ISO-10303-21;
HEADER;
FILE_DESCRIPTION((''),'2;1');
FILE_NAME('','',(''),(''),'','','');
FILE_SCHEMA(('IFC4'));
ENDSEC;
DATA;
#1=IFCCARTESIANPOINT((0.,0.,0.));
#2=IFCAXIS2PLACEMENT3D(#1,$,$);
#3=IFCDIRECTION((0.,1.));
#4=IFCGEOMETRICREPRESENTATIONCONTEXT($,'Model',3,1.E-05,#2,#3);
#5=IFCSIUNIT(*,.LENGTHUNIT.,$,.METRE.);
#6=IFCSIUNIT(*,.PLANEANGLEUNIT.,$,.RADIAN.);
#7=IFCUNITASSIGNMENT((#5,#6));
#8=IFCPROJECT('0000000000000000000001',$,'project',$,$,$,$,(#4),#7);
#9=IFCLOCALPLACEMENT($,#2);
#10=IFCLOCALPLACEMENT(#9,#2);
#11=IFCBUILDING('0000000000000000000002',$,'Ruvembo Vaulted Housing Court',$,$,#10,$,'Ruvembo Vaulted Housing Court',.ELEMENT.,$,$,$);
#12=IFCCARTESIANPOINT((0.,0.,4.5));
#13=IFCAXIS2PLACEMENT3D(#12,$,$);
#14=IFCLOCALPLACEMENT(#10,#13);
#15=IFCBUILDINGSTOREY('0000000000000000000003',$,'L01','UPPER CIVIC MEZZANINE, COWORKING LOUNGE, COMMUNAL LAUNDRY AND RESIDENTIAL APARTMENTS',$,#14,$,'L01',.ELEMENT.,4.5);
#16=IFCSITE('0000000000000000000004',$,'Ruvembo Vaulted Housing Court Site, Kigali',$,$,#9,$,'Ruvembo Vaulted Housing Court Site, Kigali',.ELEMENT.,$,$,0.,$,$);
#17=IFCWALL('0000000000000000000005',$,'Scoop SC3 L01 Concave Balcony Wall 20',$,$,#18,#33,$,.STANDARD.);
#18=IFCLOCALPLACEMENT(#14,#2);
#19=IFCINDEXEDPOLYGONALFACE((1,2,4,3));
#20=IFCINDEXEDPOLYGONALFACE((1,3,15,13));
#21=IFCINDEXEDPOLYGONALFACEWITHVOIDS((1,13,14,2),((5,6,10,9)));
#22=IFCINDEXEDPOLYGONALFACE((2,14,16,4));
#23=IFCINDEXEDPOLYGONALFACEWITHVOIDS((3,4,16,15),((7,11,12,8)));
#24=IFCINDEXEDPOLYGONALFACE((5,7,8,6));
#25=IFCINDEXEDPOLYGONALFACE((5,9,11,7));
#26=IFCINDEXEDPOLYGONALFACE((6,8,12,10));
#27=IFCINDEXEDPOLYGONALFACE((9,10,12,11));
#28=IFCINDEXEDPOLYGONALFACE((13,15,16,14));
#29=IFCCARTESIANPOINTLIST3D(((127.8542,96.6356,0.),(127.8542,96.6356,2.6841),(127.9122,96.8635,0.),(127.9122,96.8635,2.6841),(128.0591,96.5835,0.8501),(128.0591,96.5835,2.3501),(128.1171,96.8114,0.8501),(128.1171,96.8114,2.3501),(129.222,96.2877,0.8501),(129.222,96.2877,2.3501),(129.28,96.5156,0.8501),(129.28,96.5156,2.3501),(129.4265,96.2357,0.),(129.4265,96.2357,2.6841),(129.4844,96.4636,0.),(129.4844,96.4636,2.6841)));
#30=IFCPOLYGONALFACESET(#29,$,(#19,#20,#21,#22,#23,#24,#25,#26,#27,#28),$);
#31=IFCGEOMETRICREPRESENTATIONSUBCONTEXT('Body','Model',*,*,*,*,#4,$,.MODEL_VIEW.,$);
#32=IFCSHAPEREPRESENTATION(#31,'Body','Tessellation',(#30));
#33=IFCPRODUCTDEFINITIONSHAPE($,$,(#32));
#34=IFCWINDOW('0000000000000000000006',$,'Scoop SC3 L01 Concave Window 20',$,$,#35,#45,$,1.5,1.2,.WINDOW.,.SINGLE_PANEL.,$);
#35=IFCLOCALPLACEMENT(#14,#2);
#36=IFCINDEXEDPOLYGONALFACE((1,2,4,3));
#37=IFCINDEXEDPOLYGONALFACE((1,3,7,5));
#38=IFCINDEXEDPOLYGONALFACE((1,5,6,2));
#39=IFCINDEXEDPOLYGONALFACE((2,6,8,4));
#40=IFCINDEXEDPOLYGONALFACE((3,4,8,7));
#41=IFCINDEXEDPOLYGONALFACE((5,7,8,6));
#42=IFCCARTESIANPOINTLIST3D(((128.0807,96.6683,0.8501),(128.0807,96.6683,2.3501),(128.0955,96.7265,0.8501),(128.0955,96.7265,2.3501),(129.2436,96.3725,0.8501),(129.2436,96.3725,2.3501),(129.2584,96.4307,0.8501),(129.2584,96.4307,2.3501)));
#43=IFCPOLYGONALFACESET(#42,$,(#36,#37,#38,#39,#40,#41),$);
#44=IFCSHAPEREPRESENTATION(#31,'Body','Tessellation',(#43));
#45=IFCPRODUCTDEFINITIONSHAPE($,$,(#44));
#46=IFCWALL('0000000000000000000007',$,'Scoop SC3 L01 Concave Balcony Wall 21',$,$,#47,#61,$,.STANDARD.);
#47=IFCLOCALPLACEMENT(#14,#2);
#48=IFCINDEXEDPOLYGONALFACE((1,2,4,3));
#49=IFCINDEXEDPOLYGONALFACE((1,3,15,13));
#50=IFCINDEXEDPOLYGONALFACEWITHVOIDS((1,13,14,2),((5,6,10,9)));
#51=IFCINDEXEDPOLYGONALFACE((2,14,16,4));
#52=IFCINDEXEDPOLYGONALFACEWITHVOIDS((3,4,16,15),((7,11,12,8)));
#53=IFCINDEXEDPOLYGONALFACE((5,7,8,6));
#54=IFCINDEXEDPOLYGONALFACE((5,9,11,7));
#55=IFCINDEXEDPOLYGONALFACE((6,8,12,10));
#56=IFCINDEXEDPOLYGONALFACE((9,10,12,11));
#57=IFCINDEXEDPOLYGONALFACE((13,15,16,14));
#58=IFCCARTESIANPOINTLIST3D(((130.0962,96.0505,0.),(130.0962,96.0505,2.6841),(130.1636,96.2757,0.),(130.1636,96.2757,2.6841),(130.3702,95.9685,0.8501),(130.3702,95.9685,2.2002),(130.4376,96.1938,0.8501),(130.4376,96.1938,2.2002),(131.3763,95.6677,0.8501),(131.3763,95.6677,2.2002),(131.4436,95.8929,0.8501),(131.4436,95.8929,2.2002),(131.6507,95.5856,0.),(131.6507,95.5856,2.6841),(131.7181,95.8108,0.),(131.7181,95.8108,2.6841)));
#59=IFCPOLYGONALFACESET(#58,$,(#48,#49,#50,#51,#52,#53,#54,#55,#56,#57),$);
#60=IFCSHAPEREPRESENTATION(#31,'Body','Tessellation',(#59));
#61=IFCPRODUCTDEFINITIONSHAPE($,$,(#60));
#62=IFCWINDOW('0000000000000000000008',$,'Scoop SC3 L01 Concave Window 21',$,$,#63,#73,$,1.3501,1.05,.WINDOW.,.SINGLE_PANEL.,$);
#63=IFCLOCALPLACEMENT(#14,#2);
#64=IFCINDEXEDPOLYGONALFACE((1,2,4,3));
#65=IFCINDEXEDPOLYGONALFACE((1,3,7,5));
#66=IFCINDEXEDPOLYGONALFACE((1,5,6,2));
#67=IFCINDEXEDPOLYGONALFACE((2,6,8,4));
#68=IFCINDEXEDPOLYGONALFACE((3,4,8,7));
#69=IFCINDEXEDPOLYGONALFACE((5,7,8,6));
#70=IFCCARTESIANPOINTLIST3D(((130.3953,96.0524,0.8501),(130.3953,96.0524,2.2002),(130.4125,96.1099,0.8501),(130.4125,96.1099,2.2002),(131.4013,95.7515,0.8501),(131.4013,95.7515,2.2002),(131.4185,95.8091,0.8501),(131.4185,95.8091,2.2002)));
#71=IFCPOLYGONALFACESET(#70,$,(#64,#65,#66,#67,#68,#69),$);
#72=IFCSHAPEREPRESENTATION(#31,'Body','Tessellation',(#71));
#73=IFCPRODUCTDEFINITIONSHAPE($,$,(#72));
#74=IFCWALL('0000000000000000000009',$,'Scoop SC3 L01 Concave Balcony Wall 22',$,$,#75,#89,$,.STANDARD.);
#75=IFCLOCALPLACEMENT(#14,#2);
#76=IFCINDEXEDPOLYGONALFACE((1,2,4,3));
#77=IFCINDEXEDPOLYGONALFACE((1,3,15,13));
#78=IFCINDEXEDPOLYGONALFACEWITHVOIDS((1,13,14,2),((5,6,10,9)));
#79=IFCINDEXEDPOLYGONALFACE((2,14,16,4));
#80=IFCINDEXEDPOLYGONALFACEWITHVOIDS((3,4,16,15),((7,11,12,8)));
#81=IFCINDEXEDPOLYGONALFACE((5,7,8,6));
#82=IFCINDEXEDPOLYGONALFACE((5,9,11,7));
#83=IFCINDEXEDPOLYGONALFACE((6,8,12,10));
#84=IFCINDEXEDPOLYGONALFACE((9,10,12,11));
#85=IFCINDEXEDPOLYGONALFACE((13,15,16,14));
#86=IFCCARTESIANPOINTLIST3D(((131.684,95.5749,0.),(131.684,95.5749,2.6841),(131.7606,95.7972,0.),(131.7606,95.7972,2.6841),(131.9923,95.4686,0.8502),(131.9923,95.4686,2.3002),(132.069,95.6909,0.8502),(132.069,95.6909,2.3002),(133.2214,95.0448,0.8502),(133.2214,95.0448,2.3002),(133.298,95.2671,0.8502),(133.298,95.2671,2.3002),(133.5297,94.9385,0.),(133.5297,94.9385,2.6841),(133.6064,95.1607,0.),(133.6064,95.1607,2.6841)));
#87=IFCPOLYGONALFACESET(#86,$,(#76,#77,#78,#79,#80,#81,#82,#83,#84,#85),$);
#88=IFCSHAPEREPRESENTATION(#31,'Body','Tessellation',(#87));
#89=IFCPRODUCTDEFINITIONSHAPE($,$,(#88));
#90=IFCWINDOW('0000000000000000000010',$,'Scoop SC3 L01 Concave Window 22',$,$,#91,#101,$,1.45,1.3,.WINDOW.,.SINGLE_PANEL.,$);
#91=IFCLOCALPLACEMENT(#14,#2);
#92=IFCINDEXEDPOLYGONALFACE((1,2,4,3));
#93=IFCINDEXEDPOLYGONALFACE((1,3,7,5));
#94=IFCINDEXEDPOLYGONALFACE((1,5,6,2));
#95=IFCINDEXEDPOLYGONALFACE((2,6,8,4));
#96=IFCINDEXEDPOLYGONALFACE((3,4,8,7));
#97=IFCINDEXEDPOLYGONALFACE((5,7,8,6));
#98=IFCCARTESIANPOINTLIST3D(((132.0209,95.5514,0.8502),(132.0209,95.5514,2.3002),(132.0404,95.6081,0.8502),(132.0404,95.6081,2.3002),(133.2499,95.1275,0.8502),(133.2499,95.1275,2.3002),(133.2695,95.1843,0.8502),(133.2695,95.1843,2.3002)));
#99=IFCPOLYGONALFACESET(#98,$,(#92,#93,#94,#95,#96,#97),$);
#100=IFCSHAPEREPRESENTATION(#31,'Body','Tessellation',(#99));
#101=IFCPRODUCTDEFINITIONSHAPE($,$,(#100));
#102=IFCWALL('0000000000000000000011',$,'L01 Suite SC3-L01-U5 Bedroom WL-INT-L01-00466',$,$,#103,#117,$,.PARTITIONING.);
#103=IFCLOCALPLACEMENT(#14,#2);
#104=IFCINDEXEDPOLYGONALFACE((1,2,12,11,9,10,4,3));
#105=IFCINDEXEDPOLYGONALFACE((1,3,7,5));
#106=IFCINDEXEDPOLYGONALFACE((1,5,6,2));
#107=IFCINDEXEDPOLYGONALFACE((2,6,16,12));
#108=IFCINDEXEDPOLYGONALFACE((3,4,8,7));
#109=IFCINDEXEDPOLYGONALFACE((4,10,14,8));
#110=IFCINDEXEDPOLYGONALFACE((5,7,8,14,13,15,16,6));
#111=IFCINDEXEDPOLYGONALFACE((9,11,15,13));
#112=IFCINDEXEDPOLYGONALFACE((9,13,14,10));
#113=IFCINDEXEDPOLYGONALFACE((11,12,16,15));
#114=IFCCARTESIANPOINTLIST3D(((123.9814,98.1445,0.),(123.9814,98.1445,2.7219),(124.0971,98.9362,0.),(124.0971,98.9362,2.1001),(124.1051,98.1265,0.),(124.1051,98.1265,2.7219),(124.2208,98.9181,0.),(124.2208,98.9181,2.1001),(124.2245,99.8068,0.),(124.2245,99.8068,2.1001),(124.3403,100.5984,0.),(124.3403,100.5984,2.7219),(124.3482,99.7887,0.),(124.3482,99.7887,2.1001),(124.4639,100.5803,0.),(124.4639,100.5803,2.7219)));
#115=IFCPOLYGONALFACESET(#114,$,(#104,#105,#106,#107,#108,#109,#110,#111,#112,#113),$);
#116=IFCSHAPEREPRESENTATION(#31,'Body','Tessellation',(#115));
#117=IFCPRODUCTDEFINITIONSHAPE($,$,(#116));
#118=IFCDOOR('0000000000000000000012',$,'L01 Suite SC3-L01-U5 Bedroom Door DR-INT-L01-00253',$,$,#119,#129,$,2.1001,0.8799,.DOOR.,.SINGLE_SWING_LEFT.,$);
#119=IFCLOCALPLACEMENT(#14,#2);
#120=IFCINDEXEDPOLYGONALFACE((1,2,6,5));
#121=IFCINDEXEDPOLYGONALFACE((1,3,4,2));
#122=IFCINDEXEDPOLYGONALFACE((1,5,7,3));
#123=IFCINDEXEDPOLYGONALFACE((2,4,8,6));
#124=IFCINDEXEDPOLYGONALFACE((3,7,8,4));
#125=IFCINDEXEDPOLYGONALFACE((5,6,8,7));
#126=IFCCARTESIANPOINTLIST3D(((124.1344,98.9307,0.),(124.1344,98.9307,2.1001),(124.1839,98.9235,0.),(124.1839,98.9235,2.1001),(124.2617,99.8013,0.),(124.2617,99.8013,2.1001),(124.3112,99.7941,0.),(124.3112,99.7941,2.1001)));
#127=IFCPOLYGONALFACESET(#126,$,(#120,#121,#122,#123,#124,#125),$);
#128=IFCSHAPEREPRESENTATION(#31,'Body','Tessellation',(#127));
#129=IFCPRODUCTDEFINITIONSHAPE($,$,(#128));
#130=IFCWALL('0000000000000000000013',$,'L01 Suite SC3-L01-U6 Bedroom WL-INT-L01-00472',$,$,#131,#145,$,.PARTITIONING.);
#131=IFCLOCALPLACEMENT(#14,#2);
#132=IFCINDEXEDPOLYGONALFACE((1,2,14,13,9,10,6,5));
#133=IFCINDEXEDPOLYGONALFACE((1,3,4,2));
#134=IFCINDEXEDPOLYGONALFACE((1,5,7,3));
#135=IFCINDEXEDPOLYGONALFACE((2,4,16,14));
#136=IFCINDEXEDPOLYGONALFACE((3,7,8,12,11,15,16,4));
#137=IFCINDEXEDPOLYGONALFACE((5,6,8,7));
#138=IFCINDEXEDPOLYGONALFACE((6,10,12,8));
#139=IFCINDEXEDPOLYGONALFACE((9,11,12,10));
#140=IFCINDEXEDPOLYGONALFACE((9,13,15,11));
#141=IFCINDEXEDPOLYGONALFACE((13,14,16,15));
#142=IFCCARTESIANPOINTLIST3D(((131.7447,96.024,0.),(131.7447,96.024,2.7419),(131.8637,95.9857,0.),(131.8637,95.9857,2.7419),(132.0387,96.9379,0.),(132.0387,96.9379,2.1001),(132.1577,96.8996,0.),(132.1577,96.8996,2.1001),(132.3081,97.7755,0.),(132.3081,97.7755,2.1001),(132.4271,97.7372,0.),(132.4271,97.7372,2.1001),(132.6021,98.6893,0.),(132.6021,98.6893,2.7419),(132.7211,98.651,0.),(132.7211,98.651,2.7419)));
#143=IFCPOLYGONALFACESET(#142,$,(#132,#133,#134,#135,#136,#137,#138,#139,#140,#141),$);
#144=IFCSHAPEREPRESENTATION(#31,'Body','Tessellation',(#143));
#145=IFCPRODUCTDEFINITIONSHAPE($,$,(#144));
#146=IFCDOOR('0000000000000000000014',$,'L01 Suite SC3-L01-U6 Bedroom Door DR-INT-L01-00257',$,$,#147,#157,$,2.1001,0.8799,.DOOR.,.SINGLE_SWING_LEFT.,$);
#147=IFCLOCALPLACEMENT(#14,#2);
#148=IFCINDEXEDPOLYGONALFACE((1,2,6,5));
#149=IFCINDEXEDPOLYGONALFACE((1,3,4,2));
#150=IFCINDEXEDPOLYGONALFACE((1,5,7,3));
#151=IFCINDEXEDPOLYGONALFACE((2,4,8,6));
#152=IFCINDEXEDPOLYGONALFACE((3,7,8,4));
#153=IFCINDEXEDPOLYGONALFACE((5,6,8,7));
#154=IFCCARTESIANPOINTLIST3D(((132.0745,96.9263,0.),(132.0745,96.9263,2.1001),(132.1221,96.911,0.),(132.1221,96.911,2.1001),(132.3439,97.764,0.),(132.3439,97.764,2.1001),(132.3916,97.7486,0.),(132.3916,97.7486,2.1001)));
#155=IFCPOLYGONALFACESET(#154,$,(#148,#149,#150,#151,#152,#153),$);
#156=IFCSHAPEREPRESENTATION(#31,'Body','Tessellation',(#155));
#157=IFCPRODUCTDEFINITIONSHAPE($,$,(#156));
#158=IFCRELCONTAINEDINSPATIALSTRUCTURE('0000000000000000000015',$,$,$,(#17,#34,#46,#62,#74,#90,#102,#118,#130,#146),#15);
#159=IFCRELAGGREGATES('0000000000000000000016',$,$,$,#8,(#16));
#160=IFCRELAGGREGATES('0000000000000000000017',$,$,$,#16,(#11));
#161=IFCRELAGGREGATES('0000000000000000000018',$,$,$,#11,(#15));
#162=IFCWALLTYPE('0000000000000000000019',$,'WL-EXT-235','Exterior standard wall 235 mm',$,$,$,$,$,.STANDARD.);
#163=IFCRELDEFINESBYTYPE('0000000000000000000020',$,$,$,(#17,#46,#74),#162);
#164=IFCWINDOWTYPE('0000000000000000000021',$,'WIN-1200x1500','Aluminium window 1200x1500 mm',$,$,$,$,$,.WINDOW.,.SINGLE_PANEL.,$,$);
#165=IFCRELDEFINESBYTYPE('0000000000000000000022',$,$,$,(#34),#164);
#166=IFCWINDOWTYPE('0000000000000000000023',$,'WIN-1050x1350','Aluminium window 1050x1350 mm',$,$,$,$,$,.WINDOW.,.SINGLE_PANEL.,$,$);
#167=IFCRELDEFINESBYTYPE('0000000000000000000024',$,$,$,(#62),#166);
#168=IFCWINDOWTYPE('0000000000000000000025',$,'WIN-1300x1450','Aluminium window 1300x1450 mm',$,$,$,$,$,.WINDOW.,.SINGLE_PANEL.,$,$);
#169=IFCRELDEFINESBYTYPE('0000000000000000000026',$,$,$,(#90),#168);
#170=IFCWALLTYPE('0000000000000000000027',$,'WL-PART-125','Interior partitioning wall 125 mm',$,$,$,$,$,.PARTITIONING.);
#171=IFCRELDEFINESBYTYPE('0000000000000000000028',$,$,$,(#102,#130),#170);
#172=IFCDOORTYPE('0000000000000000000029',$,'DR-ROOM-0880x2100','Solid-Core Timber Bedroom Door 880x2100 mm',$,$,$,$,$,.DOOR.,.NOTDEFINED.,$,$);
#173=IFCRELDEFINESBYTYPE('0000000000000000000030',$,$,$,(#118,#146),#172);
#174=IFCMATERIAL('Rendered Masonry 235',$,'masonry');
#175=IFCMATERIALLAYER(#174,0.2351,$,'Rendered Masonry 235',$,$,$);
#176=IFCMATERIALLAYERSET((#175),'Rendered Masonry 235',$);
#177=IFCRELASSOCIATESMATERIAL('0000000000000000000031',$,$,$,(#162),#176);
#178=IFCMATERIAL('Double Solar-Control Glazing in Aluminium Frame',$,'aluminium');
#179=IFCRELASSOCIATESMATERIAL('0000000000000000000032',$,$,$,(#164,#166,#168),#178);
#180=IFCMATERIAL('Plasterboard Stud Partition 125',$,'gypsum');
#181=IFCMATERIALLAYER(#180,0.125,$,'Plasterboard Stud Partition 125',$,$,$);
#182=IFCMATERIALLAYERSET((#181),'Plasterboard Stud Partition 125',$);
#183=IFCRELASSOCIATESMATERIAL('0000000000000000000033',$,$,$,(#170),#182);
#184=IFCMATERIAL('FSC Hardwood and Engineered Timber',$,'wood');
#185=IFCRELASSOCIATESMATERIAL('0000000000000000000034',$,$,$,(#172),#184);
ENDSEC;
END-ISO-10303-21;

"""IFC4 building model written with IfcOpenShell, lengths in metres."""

from ifc_helpers import new_model, si_unit, direction, frame, frame_2d, origin, place, context, subcontext, project, spatial, rectangle, extrude, material, layer, layer_set, type_object, element, fill, save


model = new_model("IFC4")

# Units and contexts
model_context = context("Model", 3, precision=1e-05, world=origin(), true_north=direction((0.0, 1.0)))
body_context = subcontext(model_context, "Body", "Model", "MODEL_VIEW")
ifc_project = project(units=[si_unit("LENGTHUNIT", "METRE"), si_unit("PLANEANGLEUNIT", "RADIAN")], contexts=[model_context])

# Site, building, storey
site_placement = place(None, origin())
site = spatial("IfcSite", under=ifc_project, at=site_placement, Name="Ruvembo Vaulted Housing Court Site, Kigali", LongName="Ruvembo Vaulted Housing Court Site, Kigali", CompositionType="ELEMENT", RefElevation=0.0)
building_placement = place(site_placement, origin())
building = spatial("IfcBuilding", under=site, at=building_placement, Name="Ruvembo Vaulted Housing Court", LongName="Ruvembo Vaulted Housing Court", CompositionType="ELEMENT")
storey_placement = place(building_placement, frame((0.0, 0.0, 4.5)))
storey = spatial("IfcBuildingStorey", under=building, at=storey_placement, Name="L01", Description="UPPER CIVIC MEZZANINE, COWORKING LOUNGE, COMMUNAL LAUNDRY AND RESIDENTIAL APARTMENTS", LongName="L01", CompositionType="ELEMENT", Elevation=4.5)

# Shared definitions
ifc_material_1 = material(Name="Rendered Masonry 235", Category="masonry")
ifc_layer_1 = layer(ifc_material_1, 0.2351, Name="Rendered Masonry 235")
ifc_layer_set_1 = layer_set([ifc_layer_1], Name="Rendered Masonry 235")
wall_type_1 = type_object("IfcWallType", Name="WL-EXT-235", Description="Exterior standard wall 235 mm", PredefinedType="STANDARD", material=ifc_layer_set_1)
ifc_material_2 = material(Name="Double Solar-Control Glazing in Aluminium Frame", Category="aluminium")

# Walls, openings, windows
wall_1_placement = place(storey_placement, frame((127.8833, 96.7495, 0.0), z_axis=(0.0, 0.0, 1.0), x_axis=(0.969143, -0.246499, 0.0)))
wall_1 = element("IfcWall", 1, at=wall_1_placement, inside=storey, type_object=wall_type_1, Name="Scoop SC3 L01 Concave Balcony Wall 20", PredefinedType="STANDARD", context=body_context, shape_type="SweptSolid", body=[
    extrude(rectangle(XDim=1.6223, YDim=0.2351, at=frame_2d((0.811, 0.0))), origin(), (0.0, 0.0, 1.0), 2.6841),
])
opening_1_placement = place(wall_1_placement, frame((0.2112, 0.0, 0.8501)))
opening_1 = element("IfcOpeningElement", 2, at=opening_1_placement, cuts=wall_1, PredefinedType="OPENING", context=body_context, shape_type="SweptSolid", body=[
    extrude(rectangle(XDim=1.2, YDim=1.5, at=frame_2d((0.6001, 0.75))), frame((0.0, 0.1274, 0.0), z_axis=(0.0, -1.0, 0.0), x_axis=(1.0, 0.0, 0.0)), (0.0, 0.0, 1.0), 0.2551),
])
window_type_1 = type_object("IfcWindowType", Name="WIN-1200x1500", Description="Aluminium window 1200x1500 mm", PartitioningType="SINGLE_PANEL", PredefinedType="WINDOW", material=ifc_material_2)
window_1_placement = place(opening_1_placement, origin())
window_1 = element("IfcWindow", 3, at=window_1_placement, inside=storey, type_object=window_type_1, Name="Scoop SC3 L01 Concave Window 20", OverallHeight=1.5, OverallWidth=1.2, PartitioningType="SINGLE_PANEL", PredefinedType="WINDOW", context=body_context, shape_type="SweptSolid", body=[
    extrude(rectangle(XDim=1.2, YDim=1.5, at=frame_2d((0.6001, 0.75))), frame((0.0, 0.03, 0.0), z_axis=(0.0, -1.0, 0.0), x_axis=(1.0, 0.0, 0.0)), (0.0, 0.0, 1.0), 0.0601),
])
fill(opening_1, window_1)
wall_2_placement = place(storey_placement, frame((130.1299, 96.1631, 0.0), z_axis=(0.0, 0.0, 1.0), x_axis=(0.958079, -0.286506, 0.0)))
wall_2 = element("IfcWall", 4, at=wall_2_placement, inside=storey, type_object=wall_type_1, Name="Scoop SC3 L01 Concave Balcony Wall 21", PredefinedType="STANDARD", context=body_context, shape_type="SweptSolid", body=[
    extrude(rectangle(XDim=1.6226, YDim=0.2351, at=frame_2d((0.8113, 0.0))), origin(), (0.0, 0.0, 1.0), 2.6841),
])
opening_2_placement = place(wall_2_placement, frame((0.2861, 0.0, 0.8501)))
opening_2 = element("IfcOpeningElement", 5, at=opening_2_placement, cuts=wall_2, PredefinedType="OPENING", context=body_context, shape_type="SweptSolid", body=[
    extrude(rectangle(XDim=1.05, YDim=1.3501, at=frame_2d((0.5249, 0.675))), frame((0.0, 0.1274, 0.0), z_axis=(0.0, -1.0, 0.0), x_axis=(1.0, 0.0, 0.0)), (0.0, 0.0, 1.0), 0.2551),
])
window_type_2 = type_object("IfcWindowType", Name="WIN-1050x1350", Description="Aluminium window 1050x1350 mm", PartitioningType="SINGLE_PANEL", PredefinedType="WINDOW", material=ifc_material_2)
window_2_placement = place(opening_2_placement, origin())
window_2 = element("IfcWindow", 6, at=window_2_placement, inside=storey, type_object=window_type_2, Name="Scoop SC3 L01 Concave Window 21", OverallHeight=1.3501, OverallWidth=1.05, PartitioningType="SINGLE_PANEL", PredefinedType="WINDOW", context=body_context, shape_type="SweptSolid", body=[
    extrude(rectangle(XDim=1.05, YDim=1.3501, at=frame_2d((0.5249, 0.675))), frame((0.0, 0.03, 0.0), z_axis=(0.0, -1.0, 0.0), x_axis=(1.0, 0.0, 0.0)), (0.0, 0.0, 1.0), 0.0601),
])
fill(opening_2, window_2)
wall_3_placement = place(storey_placement, frame((131.7224, 95.686, 0.0), z_axis=(0.0, 0.0, 1.0), x_axis=(0.945369, -0.326002, 0.0)))
wall_3 = element("IfcWall", 7, at=wall_3_placement, inside=storey, type_object=wall_type_1, Name="Scoop SC3 L01 Concave Balcony Wall 22", PredefinedType="STANDARD", context=body_context, shape_type="SweptSolid", body=[
    extrude(rectangle(XDim=1.9524, YDim=0.2351, at=frame_2d((0.9761, 0.0))), origin(), (0.0, 0.0, 1.0), 2.6841),
])
opening_3_placement = place(wall_3_placement, frame((0.3262, 0.0, 0.8501)))
opening_3 = element("IfcOpeningElement", 8, at=opening_3_placement, cuts=wall_3, PredefinedType="OPENING", context=body_context, shape_type="SweptSolid", body=[
    extrude(rectangle(XDim=1.3, YDim=1.45, at=frame_2d((0.6499, 0.7251))), frame((0.0, 0.1274, 0.0), z_axis=(0.0, -1.0, 0.0), x_axis=(1.0, 0.0, 0.0)), (0.0, 0.0, 1.0), 0.2551),
])
window_type_3 = type_object("IfcWindowType", Name="WIN-1300x1450", Description="Aluminium window 1300x1450 mm", PartitioningType="SINGLE_PANEL", PredefinedType="WINDOW", material=ifc_material_2)
window_3_placement = place(opening_3_placement, origin())
window_3 = element("IfcWindow", 9, at=window_3_placement, inside=storey, type_object=window_type_3, Name="Scoop SC3 L01 Concave Window 22", OverallHeight=1.45, OverallWidth=1.3, PartitioningType="SINGLE_PANEL", PredefinedType="WINDOW", context=body_context, shape_type="SweptSolid", body=[
    extrude(rectangle(XDim=1.3, YDim=1.45, at=frame_2d((0.6499, 0.7251))), frame((0.0, 0.03, 0.0), z_axis=(0.0, -1.0, 0.0), x_axis=(1.0, 0.0, 0.0)), (0.0, 0.0, 1.0), 0.0601),
])
fill(opening_3, window_3)

# Walls, openings, doors
ifc_material_3 = material(Name="Plasterboard Stud Partition 125", Category="gypsum")
ifc_layer_2 = layer(ifc_material_3, 0.125, Name="Plasterboard Stud Partition 125")
ifc_layer_set_2 = layer_set([ifc_layer_2], Name="Plasterboard Stud Partition 125")
wall_type_2 = type_object("IfcWallType", Name="WL-PART-125", Description="Interior partitioning wall 125 mm", PredefinedType="PARTITIONING", material=ifc_layer_set_2)
wall_4_placement = place(storey_placement, frame((124.0432, 98.1355, 0.0), z_axis=(0.0, 0.0, 1.0), x_axis=(0.144715, 0.989473, 0.0)))
wall_4 = element("IfcWall", 10, at=wall_4_placement, inside=storey, type_object=wall_type_2, Name="L01 Suite SC3-L01-U5 Bedroom WL-INT-L01-00466", PredefinedType="PARTITIONING", context=body_context, shape_type="SweptSolid", body=[
    extrude(rectangle(XDim=2.48, YDim=0.125, at=frame_2d((1.24, 0.0))), origin(), (0.0, 0.0, 1.0), 2.7219),
])
opening_4_placement = place(wall_4_placement, frame((0.8, 0.0, 0.0)))
opening_4 = element("IfcOpeningElement", 11, at=opening_4_placement, cuts=wall_4, PredefinedType="OPENING", context=body_context, shape_type="SweptSolid", body=[
    extrude(rectangle(XDim=0.8799, YDim=2.1001, at=frame_2d((0.4399, 1.05))), frame((0.0, 0.0725, 0.0), z_axis=(0.0, -1.0, 0.0), x_axis=(1.0, 0.0, 0.0)), (0.0, 0.0, 1.0), 0.145),
])
ifc_material_4 = material(Name="FSC Hardwood and Engineered Timber", Category="wood")
door_type_1 = type_object("IfcDoorType", Name="DR-ROOM-0880x2100", Description="Solid-Core Timber Bedroom Door 880x2100 mm", OperationType="NOTDEFINED", PredefinedType="DOOR", material=ifc_material_4)
door_1_placement = place(opening_4_placement, origin())
door_1 = element("IfcDoor", 12, at=door_1_placement, inside=storey, type_object=door_type_1, Name="L01 Suite SC3-L01-U5 Bedroom Door DR-INT-L01-00253", OperationType="SINGLE_SWING_LEFT", OverallHeight=2.1001, OverallWidth=0.8799, PredefinedType="DOOR", context=body_context, shape_type="SweptSolid", body=[
    extrude(rectangle(XDim=0.8799, YDim=2.1001, at=frame_2d((0.4399, 1.05))), frame((0.0, 0.0249, 0.0), z_axis=(0.0, -1.0, 0.0), x_axis=(1.0, 0.0, 0.0)), (0.0, 0.0, 1.0), 0.05),
])
fill(opening_4, door_1)
wall_5_placement = place(storey_placement, frame((131.8042, 96.0049, 0.0), z_axis=(0.0, 0.0, 1.0), x_axis=(0.306243, 0.951953, 0.0)))
wall_5 = element("IfcWall", 13, at=wall_5_placement, inside=storey, type_object=wall_type_2, Name="L01 Suite SC3-L01-U6 Bedroom WL-INT-L01-00472", PredefinedType="PARTITIONING", context=body_context, shape_type="SweptSolid", body=[
    extrude(rectangle(XDim=2.7998, YDim=0.125, at=frame_2d((1.3999, 0.0))), origin(), (0.0, 0.0, 1.0), 2.7419),
])
opening_5_placement = place(wall_5_placement, frame((0.96, 0.0, 0.0)))
opening_5 = element("IfcOpeningElement", 14, at=opening_5_placement, cuts=wall_5, PredefinedType="OPENING", context=body_context, shape_type="SweptSolid", body=[
    extrude(rectangle(XDim=0.8799, YDim=2.1001, at=frame_2d((0.4399, 1.05))), frame((0.0, 0.0725, 0.0), z_axis=(0.0, -1.0, 0.0), x_axis=(1.0, 0.0, 0.0)), (0.0, 0.0, 1.0), 0.145),
])
door_2_placement = place(opening_5_placement, origin())
door_2 = element("IfcDoor", 15, at=door_2_placement, inside=storey, type_object=door_type_1, Name="L01 Suite SC3-L01-U6 Bedroom Door DR-INT-L01-00257", OperationType="SINGLE_SWING_LEFT", OverallHeight=2.1001, OverallWidth=0.8799, PredefinedType="DOOR", context=body_context, shape_type="SweptSolid", body=[
    extrude(rectangle(XDim=0.8799, YDim=2.1001, at=frame_2d((0.4399, 1.05))), frame((0.0, 0.0249, 0.0), z_axis=(0.0, -1.0, 0.0), x_axis=(1.0, 0.0, 0.0)), (0.0, 0.0, 1.0), 0.05),
])
fill(opening_5, door_2)

save(model, "model.ifc")
